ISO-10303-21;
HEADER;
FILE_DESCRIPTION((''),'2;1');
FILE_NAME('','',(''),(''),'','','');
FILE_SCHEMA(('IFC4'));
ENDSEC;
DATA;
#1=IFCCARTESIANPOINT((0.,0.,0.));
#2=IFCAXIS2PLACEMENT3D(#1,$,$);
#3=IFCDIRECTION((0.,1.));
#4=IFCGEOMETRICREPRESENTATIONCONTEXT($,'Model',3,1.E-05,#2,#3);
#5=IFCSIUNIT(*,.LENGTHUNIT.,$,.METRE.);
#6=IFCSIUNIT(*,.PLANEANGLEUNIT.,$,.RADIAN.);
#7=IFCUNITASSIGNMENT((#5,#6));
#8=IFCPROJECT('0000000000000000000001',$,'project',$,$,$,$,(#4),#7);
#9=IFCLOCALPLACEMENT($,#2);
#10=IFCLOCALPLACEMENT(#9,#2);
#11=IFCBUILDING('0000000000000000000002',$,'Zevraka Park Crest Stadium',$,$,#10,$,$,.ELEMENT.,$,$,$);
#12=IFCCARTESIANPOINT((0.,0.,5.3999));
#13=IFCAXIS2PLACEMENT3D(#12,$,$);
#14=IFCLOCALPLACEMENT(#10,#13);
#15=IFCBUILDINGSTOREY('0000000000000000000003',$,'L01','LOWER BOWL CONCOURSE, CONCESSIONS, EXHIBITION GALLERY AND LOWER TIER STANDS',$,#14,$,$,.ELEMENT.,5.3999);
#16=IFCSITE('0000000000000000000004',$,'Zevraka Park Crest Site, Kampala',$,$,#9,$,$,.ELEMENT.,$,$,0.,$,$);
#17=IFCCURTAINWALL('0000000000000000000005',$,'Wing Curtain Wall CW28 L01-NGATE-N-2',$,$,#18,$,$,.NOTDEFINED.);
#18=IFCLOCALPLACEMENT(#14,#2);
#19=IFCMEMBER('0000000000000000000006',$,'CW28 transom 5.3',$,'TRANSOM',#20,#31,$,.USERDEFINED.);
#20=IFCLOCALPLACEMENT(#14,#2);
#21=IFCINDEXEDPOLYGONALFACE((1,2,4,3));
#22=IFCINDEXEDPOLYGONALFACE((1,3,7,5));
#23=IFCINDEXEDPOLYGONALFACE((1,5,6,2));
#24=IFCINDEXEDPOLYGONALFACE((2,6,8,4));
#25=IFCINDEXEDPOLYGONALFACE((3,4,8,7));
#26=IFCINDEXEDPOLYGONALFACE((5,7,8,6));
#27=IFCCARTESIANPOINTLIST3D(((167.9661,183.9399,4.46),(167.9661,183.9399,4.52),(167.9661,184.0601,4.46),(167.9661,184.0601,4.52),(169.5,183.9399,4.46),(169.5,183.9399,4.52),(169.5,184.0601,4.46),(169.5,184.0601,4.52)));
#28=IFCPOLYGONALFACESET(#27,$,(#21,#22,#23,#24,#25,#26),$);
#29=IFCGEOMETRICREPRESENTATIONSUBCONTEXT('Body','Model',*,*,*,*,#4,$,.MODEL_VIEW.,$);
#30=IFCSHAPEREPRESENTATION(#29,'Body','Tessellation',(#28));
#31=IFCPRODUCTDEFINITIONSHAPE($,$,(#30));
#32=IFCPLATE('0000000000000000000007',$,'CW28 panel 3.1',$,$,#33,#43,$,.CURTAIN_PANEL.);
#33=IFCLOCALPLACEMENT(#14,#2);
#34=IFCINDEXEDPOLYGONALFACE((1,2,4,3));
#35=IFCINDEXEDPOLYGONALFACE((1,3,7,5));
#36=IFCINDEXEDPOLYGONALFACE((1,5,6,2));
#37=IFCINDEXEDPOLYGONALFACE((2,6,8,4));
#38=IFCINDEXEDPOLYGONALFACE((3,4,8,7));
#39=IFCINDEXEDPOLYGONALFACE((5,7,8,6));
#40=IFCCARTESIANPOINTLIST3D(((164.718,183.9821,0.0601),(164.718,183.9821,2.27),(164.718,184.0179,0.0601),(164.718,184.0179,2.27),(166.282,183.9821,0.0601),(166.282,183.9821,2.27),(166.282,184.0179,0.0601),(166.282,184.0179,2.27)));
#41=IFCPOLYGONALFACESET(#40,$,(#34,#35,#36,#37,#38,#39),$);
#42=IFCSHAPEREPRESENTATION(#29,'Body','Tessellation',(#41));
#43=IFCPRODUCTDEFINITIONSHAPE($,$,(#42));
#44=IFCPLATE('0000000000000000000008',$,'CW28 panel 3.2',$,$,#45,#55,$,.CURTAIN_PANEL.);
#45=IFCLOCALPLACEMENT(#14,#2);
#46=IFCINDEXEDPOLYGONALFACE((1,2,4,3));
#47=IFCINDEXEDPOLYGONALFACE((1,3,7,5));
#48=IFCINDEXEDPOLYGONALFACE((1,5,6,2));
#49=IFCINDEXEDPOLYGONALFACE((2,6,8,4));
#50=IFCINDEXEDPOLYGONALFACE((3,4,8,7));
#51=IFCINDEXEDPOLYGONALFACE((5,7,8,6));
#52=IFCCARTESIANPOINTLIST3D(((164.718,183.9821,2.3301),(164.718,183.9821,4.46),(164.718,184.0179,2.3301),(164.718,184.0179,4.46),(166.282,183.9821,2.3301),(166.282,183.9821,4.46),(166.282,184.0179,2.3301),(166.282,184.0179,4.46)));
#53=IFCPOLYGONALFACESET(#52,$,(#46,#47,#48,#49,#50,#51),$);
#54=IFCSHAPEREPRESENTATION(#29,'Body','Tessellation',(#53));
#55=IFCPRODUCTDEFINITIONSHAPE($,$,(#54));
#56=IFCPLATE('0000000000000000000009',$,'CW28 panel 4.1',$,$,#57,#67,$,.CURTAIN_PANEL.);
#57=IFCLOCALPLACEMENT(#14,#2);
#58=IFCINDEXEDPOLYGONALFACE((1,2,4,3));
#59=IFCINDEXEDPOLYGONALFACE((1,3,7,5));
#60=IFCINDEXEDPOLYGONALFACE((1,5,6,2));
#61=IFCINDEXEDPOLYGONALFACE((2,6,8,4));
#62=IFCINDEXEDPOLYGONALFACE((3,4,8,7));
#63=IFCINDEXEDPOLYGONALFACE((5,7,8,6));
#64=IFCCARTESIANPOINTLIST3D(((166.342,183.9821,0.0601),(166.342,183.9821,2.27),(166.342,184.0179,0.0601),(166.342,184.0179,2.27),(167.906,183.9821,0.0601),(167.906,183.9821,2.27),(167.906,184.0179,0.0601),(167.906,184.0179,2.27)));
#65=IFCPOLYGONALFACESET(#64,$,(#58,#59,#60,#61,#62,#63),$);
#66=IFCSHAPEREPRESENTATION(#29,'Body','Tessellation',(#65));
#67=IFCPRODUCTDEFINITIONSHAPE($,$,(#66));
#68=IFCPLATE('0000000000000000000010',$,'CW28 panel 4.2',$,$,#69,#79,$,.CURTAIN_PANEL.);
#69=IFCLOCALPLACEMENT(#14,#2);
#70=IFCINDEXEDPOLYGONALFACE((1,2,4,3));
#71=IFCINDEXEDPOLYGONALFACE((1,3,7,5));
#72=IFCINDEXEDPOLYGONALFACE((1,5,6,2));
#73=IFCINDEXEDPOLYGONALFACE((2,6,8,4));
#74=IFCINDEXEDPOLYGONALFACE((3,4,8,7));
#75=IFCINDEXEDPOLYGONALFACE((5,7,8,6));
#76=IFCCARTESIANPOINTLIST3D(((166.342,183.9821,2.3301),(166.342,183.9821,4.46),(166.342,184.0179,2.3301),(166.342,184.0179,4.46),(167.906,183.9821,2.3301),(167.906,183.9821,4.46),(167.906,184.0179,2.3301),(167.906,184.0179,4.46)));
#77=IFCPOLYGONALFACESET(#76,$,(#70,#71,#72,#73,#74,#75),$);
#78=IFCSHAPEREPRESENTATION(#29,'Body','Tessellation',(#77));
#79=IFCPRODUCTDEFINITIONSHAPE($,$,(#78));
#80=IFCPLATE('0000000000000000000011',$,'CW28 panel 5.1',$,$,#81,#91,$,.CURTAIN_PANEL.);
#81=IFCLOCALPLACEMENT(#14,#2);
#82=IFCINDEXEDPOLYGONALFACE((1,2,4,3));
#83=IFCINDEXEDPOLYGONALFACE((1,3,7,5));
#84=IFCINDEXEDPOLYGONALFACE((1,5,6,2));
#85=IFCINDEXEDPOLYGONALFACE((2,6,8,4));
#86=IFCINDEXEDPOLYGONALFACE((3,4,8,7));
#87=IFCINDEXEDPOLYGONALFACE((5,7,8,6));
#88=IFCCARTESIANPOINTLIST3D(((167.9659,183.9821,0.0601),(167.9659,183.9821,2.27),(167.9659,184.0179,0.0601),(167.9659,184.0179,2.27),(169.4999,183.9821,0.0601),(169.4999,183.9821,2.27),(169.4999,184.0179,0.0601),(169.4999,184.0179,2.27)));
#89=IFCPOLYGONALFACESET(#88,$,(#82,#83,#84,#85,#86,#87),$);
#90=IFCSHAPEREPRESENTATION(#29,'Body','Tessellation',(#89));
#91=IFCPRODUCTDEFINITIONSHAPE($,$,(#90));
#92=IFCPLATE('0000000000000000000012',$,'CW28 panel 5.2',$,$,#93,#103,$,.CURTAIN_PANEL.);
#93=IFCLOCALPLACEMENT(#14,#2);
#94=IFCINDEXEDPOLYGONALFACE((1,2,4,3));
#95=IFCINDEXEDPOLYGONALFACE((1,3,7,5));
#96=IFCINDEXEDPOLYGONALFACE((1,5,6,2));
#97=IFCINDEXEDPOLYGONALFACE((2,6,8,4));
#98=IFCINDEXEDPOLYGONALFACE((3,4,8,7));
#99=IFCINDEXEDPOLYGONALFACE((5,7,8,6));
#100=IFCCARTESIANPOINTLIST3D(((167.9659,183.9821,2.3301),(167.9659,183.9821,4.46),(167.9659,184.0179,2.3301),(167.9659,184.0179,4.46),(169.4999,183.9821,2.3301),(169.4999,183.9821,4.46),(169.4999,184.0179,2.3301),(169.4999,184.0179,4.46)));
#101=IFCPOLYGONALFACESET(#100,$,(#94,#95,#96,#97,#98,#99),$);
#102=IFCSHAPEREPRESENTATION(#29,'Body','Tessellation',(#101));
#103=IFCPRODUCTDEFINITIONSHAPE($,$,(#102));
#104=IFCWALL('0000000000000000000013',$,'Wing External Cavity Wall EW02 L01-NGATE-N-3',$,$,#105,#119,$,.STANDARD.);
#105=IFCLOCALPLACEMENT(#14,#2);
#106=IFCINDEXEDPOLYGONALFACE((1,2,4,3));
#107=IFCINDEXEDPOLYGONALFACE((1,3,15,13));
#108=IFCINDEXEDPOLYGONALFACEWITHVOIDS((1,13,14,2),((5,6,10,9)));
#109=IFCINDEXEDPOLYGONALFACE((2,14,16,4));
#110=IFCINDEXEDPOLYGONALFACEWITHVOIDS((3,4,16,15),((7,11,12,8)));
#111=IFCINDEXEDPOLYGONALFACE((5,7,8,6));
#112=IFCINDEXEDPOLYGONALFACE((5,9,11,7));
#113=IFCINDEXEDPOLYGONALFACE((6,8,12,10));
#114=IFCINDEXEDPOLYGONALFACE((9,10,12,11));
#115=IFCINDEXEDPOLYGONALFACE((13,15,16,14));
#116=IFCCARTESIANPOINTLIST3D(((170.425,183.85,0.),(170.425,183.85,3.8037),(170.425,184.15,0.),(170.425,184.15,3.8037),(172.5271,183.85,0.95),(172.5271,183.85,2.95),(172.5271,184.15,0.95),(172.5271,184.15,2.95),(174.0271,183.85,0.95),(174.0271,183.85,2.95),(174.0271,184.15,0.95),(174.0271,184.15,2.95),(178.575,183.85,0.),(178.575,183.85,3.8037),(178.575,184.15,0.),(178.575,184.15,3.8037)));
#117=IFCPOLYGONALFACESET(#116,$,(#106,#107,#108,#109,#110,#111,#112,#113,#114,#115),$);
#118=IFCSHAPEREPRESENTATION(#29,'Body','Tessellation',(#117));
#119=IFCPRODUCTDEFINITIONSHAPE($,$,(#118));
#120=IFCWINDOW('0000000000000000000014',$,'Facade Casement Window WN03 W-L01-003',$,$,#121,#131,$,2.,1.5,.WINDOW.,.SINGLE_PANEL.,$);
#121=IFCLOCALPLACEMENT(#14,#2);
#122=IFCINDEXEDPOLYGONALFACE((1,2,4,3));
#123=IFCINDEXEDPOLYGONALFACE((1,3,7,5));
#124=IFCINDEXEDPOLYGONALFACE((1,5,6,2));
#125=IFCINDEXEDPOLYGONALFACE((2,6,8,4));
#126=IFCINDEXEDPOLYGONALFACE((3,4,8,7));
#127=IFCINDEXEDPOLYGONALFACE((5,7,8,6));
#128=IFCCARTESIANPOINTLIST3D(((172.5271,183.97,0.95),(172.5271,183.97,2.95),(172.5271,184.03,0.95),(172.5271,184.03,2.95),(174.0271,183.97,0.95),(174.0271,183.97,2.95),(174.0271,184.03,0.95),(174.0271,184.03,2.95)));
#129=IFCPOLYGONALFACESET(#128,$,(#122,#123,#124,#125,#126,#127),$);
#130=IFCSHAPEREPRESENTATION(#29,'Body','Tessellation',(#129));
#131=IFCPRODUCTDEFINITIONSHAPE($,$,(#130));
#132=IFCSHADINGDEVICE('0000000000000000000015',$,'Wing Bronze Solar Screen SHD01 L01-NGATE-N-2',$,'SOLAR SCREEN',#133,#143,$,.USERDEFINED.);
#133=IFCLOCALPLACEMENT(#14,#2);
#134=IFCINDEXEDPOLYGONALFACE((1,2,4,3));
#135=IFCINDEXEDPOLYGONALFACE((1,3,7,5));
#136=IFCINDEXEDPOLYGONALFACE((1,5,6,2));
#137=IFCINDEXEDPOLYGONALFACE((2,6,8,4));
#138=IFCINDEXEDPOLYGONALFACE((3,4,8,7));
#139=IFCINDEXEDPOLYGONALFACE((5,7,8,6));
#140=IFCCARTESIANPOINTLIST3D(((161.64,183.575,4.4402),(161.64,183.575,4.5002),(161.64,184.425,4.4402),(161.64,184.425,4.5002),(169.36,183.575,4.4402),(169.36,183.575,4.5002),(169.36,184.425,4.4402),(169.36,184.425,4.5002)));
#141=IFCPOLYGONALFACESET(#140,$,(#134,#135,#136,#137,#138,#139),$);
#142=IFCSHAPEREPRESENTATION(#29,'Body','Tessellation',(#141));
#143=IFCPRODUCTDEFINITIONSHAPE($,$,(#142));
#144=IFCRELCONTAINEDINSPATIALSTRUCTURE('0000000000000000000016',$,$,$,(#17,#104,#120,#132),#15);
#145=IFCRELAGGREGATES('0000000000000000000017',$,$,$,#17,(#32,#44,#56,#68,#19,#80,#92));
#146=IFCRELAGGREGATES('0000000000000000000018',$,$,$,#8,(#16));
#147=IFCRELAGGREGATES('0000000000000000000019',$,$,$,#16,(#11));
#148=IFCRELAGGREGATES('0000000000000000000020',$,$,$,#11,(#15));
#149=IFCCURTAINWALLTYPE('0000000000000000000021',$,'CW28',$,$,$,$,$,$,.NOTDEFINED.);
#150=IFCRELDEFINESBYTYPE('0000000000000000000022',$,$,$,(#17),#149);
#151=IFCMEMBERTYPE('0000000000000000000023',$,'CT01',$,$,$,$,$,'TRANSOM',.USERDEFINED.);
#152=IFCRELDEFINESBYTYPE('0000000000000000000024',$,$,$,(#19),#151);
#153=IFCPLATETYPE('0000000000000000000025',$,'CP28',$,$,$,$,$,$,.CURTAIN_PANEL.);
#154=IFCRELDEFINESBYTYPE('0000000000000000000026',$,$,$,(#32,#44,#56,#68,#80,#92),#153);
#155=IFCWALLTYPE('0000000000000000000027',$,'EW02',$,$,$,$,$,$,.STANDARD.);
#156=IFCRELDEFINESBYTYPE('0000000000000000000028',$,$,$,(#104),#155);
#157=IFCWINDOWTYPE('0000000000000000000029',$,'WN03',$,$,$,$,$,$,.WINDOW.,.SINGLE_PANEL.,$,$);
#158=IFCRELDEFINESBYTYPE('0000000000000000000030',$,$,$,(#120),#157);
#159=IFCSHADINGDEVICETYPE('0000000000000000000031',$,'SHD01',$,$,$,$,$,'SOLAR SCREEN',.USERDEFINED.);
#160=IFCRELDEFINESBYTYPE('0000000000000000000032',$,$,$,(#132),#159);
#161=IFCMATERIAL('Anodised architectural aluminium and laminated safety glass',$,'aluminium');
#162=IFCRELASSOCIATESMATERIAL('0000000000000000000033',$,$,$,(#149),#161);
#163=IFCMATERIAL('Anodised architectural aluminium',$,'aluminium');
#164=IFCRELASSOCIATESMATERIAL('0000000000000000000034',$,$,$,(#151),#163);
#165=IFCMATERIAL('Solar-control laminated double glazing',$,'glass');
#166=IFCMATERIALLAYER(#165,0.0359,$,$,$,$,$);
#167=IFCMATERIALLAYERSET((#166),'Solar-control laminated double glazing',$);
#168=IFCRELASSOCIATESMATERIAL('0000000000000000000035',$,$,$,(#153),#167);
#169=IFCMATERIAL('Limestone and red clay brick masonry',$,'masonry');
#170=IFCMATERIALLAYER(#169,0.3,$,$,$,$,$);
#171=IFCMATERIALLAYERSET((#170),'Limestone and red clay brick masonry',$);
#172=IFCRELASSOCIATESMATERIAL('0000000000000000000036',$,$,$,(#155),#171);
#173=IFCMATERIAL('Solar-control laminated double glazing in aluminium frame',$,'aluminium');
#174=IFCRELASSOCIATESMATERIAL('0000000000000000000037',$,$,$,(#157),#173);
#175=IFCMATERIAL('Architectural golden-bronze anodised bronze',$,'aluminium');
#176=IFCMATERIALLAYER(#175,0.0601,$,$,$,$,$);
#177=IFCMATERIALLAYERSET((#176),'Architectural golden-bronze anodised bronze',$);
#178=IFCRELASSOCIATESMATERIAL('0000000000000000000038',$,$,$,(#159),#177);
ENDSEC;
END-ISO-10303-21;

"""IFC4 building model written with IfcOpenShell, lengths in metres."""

from ifc_helpers import new_model, si_unit, direction, frame, frame_2d, origin, origin_2d, place, context, subcontext, project, spatial, rectangle, extrude, material, layer, layer_set, material_profile, profile_set, type_object, element, fill, aggregate, save


model = new_model("IFC4")

# Units and contexts
model_context = context("Model", 3, precision=1e-05, world=origin(), true_north=direction((0.0, 1.0)))
body_context = subcontext(model_context, "Body", "Model", "MODEL_VIEW")
ifc_project = project(units=[si_unit("LENGTHUNIT", "METRE"), si_unit("PLANEANGLEUNIT", "RADIAN")], contexts=[model_context])

# Site, building, storey
site_placement = place(None, origin())
site = spatial("IfcSite", under=ifc_project, at=site_placement, Name="Zevraka Park Crest Site, Kampala", CompositionType="ELEMENT", RefElevation=0.0)
building_placement = place(site_placement, origin())
building = spatial("IfcBuilding", under=site, at=building_placement, Name="Zevraka Park Crest Stadium", CompositionType="ELEMENT")
storey_placement = place(building_placement, frame((0.0, 0.0, 5.3999)))
storey = spatial("IfcBuildingStorey", under=building, at=storey_placement, Name="L01", Description="LOWER BOWL CONCOURSE, CONCESSIONS, EXHIBITION GALLERY AND LOWER TIER STANDS", CompositionType="ELEMENT", Elevation=5.3999)

# Curtain wall, member, plates
ifc_material_1 = material(Name="Anodised architectural aluminium and laminated safety glass", Category="aluminium")
curtain_wall_type = type_object("IfcCurtainWallType", Name="CW28", PredefinedType="NOTDEFINED", material=ifc_material_1)
curtain_wall_placement = place(storey_placement, origin())
curtain_wall = element("IfcCurtainWall", 1, at=curtain_wall_placement, inside=storey, type_object=curtain_wall_type, Name="Wing Curtain Wall CW28 L01-NGATE-N-2", PredefinedType="NOTDEFINED")
ifc_material_2 = material(Name="Anodised architectural aluminium", Category="aluminium")
ifc_material_profile_1 = material_profile(ifc_material_2, rectangle(XDim=0.1201, YDim=0.0601, at=origin_2d()), Name="ALU TRANSOM 120x60")
ifc_profile_set_1 = profile_set([ifc_material_profile_1], Name="Anodised architectural aluminium")
member_type_1 = type_object("IfcMemberType", Name="CT01", ElementType="TRANSOM", PredefinedType="USERDEFINED", material=ifc_profile_set_1)
member_1_placement = place(storey_placement, frame((167.9661, 184.0, 4.49), z_axis=(1.0, 0.0, 0.0), x_axis=(0.0, 1.0, 0.0)))
member_1 = element("IfcMember", 2, at=member_1_placement, type_object=member_type_1, Name="CW28 transom 5.3", ObjectType="TRANSOM", PredefinedType="USERDEFINED", context=body_context, shape_type="SweptSolid", body=[
    extrude(rectangle(XDim=0.1201, YDim=0.0601, at=origin_2d()), origin(), (0.0, 0.0, 1.0), 1.5339),
])
ifc_material_3 = material(Name="Solar-control laminated double glazing", Category="glass")
ifc_layer_1 = layer(ifc_material_3, 0.0359)
ifc_layer_set_1 = layer_set([ifc_layer_1], Name="Solar-control laminated double glazing")
plate_type = type_object("IfcPlateType", Name="CP28", PredefinedType="CURTAIN_PANEL", material=ifc_layer_set_1)
plate_1_placement = place(storey_placement, frame((165.5, 184.0, 0.0601), z_axis=(0.0, 0.0, 1.0), x_axis=(1.0, 0.0, 0.0)))
plate_1 = element("IfcPlate", 3, at=plate_1_placement, type_object=plate_type, Name="CW28 panel 3.1", PredefinedType="CURTAIN_PANEL", context=body_context, shape_type="SweptSolid", body=[
    extrude(rectangle(XDim=1.564, YDim=0.0359, at=origin_2d()), origin(), (0.0, 0.0, 1.0), 2.21),
])
plate_2_placement = place(storey_placement, frame((165.5, 184.0, 2.3301), z_axis=(0.0, 0.0, 1.0), x_axis=(1.0, 0.0, 0.0)))
plate_2 = element("IfcPlate", 4, at=plate_2_placement, type_object=plate_type, Name="CW28 panel 3.2", PredefinedType="CURTAIN_PANEL", context=body_context, shape_type="SweptSolid", body=[
    extrude(rectangle(XDim=1.564, YDim=0.0359, at=origin_2d()), origin(), (0.0, 0.0, 1.0), 2.1299),
])
plate_3_placement = place(storey_placement, frame((167.124, 184.0, 0.0601), z_axis=(0.0, 0.0, 1.0), x_axis=(1.0, 0.0, 0.0)))
plate_3 = element("IfcPlate", 5, at=plate_3_placement, type_object=plate_type, Name="CW28 panel 4.1", PredefinedType="CURTAIN_PANEL", context=body_context, shape_type="SweptSolid", body=[
    extrude(rectangle(XDim=1.564, YDim=0.0359, at=origin_2d()), origin(), (0.0, 0.0, 1.0), 2.21),
])
plate_4_placement = place(storey_placement, frame((167.124, 184.0, 2.3301), z_axis=(0.0, 0.0, 1.0), x_axis=(1.0, 0.0, 0.0)))
plate_4 = element("IfcPlate", 6, at=plate_4_placement, type_object=plate_type, Name="CW28 panel 4.2", PredefinedType="CURTAIN_PANEL", context=body_context, shape_type="SweptSolid", body=[
    extrude(rectangle(XDim=1.564, YDim=0.0359, at=origin_2d()), origin(), (0.0, 0.0, 1.0), 2.1299),
])
plate_5_placement = place(storey_placement, frame((168.7329, 184.0, 0.0601), z_axis=(0.0, 0.0, 1.0), x_axis=(1.0, 0.0, 0.0)))
plate_5 = element("IfcPlate", 7, at=plate_5_placement, type_object=plate_type, Name="CW28 panel 5.1", PredefinedType="CURTAIN_PANEL", context=body_context, shape_type="SweptSolid", body=[
    extrude(rectangle(XDim=1.5339, YDim=0.0359, at=origin_2d()), origin(), (0.0, 0.0, 1.0), 2.21),
])
plate_6_placement = place(storey_placement, frame((168.7329, 184.0, 2.3301), z_axis=(0.0, 0.0, 1.0), x_axis=(1.0, 0.0, 0.0)))
plate_6 = element("IfcPlate", 8, at=plate_6_placement, type_object=plate_type, Name="CW28 panel 5.2", PredefinedType="CURTAIN_PANEL", context=body_context, shape_type="SweptSolid", body=[
    extrude(rectangle(XDim=1.5339, YDim=0.0359, at=origin_2d()), origin(), (0.0, 0.0, 1.0), 2.1299),
])
aggregate(curtain_wall, [plate_1, plate_2, plate_3, plate_4, member_1, plate_5, plate_6])

# Wall, opening, window
ifc_material_4 = material(Name="Limestone and red clay brick masonry", Category="masonry")
ifc_layer_2 = layer(ifc_material_4, 0.3)
ifc_layer_set_2 = layer_set([ifc_layer_2], Name="Limestone and red clay brick masonry")
wall_type = type_object("IfcWallType", Name="EW02", PredefinedType="STANDARD", material=ifc_layer_set_2)
wall_placement = place(storey_placement, frame((170.425, 184.0, 0.0), z_axis=(0.0, 0.0, 1.0), x_axis=(1.0, 0.0, 0.0)))
wall = element("IfcWall", 9, at=wall_placement, inside=storey, type_object=wall_type, Name="Wing External Cavity Wall EW02 L01-NGATE-N-3", PredefinedType="STANDARD", context=body_context, shape_type="SweptSolid", body=[
    extrude(rectangle(XDim=8.1499, YDim=0.3, at=frame_2d((4.075, 0.0))), origin(), (0.0, 0.0, 1.0), 3.8037),
])
opening_placement = place(wall_placement, frame((2.1021, 0.0, 0.95)))
opening = element("IfcOpeningElement", 10, at=opening_placement, cuts=wall, PredefinedType="OPENING", context=body_context, shape_type="SweptSolid", body=[
    extrude(rectangle(XDim=1.5, YDim=2.0, at=frame_2d((0.75, 1.0))), frame((0.0, 0.1599, 0.0), z_axis=(0.0, -1.0, 0.0), x_axis=(1.0, 0.0, 0.0)), (0.0, 0.0, 1.0), 0.3201),
])
ifc_material_5 = material(Name="Solar-control laminated double glazing in aluminium frame", Category="aluminium")
window_type = type_object("IfcWindowType", Name="WN03", PartitioningType="SINGLE_PANEL", PredefinedType="WINDOW", material=ifc_material_5)
window_placement = place(opening_placement, origin())
window = element("IfcWindow", 11, at=window_placement, inside=storey, type_object=window_type, Name="Facade Casement Window WN03 W-L01-003", OverallHeight=2.0, OverallWidth=1.5, PartitioningType="SINGLE_PANEL", PredefinedType="WINDOW", context=body_context, shape_type="SweptSolid", body=[
    extrude(rectangle(XDim=1.5, YDim=2.0, at=frame_2d((0.75, 1.0))), frame((0.0, 0.03, 0.0), z_axis=(0.0, -1.0, 0.0), x_axis=(1.0, 0.0, 0.0)), (0.0, 0.0, 1.0), 0.0601),
])
fill(opening, window)

# Shading device
ifc_material_6 = material(Name="Architectural golden-bronze anodised bronze", Category="aluminium")
ifc_layer_3 = layer(ifc_material_6, 0.0601)
ifc_layer_set_3 = layer_set([ifc_layer_3], Name="Architectural golden-bronze anodised bronze")
shading_device_type = type_object("IfcShadingDeviceType", Name="SHD01", ElementType="SOLAR SCREEN", PredefinedType="USERDEFINED", material=ifc_layer_set_3)
shading_device_placement = place(storey_placement, frame((165.5, 184.0, 4.4402), z_axis=(0.0, 0.0, 1.0), x_axis=(1.0, 0.0, 0.0)))
element("IfcShadingDevice", 12, at=shading_device_placement, inside=storey, type_object=shading_device_type, Name="Wing Bronze Solar Screen SHD01 L01-NGATE-N-2", ObjectType="SOLAR SCREEN", PredefinedType="USERDEFINED", context=body_context, shape_type="SweptSolid", body=[
    extrude(rectangle(XDim=7.72, YDim=0.8501, at=origin_2d()), origin(), (0.0, 0.0, 1.0), 0.0601),
])

save(model, "model.ifc")
